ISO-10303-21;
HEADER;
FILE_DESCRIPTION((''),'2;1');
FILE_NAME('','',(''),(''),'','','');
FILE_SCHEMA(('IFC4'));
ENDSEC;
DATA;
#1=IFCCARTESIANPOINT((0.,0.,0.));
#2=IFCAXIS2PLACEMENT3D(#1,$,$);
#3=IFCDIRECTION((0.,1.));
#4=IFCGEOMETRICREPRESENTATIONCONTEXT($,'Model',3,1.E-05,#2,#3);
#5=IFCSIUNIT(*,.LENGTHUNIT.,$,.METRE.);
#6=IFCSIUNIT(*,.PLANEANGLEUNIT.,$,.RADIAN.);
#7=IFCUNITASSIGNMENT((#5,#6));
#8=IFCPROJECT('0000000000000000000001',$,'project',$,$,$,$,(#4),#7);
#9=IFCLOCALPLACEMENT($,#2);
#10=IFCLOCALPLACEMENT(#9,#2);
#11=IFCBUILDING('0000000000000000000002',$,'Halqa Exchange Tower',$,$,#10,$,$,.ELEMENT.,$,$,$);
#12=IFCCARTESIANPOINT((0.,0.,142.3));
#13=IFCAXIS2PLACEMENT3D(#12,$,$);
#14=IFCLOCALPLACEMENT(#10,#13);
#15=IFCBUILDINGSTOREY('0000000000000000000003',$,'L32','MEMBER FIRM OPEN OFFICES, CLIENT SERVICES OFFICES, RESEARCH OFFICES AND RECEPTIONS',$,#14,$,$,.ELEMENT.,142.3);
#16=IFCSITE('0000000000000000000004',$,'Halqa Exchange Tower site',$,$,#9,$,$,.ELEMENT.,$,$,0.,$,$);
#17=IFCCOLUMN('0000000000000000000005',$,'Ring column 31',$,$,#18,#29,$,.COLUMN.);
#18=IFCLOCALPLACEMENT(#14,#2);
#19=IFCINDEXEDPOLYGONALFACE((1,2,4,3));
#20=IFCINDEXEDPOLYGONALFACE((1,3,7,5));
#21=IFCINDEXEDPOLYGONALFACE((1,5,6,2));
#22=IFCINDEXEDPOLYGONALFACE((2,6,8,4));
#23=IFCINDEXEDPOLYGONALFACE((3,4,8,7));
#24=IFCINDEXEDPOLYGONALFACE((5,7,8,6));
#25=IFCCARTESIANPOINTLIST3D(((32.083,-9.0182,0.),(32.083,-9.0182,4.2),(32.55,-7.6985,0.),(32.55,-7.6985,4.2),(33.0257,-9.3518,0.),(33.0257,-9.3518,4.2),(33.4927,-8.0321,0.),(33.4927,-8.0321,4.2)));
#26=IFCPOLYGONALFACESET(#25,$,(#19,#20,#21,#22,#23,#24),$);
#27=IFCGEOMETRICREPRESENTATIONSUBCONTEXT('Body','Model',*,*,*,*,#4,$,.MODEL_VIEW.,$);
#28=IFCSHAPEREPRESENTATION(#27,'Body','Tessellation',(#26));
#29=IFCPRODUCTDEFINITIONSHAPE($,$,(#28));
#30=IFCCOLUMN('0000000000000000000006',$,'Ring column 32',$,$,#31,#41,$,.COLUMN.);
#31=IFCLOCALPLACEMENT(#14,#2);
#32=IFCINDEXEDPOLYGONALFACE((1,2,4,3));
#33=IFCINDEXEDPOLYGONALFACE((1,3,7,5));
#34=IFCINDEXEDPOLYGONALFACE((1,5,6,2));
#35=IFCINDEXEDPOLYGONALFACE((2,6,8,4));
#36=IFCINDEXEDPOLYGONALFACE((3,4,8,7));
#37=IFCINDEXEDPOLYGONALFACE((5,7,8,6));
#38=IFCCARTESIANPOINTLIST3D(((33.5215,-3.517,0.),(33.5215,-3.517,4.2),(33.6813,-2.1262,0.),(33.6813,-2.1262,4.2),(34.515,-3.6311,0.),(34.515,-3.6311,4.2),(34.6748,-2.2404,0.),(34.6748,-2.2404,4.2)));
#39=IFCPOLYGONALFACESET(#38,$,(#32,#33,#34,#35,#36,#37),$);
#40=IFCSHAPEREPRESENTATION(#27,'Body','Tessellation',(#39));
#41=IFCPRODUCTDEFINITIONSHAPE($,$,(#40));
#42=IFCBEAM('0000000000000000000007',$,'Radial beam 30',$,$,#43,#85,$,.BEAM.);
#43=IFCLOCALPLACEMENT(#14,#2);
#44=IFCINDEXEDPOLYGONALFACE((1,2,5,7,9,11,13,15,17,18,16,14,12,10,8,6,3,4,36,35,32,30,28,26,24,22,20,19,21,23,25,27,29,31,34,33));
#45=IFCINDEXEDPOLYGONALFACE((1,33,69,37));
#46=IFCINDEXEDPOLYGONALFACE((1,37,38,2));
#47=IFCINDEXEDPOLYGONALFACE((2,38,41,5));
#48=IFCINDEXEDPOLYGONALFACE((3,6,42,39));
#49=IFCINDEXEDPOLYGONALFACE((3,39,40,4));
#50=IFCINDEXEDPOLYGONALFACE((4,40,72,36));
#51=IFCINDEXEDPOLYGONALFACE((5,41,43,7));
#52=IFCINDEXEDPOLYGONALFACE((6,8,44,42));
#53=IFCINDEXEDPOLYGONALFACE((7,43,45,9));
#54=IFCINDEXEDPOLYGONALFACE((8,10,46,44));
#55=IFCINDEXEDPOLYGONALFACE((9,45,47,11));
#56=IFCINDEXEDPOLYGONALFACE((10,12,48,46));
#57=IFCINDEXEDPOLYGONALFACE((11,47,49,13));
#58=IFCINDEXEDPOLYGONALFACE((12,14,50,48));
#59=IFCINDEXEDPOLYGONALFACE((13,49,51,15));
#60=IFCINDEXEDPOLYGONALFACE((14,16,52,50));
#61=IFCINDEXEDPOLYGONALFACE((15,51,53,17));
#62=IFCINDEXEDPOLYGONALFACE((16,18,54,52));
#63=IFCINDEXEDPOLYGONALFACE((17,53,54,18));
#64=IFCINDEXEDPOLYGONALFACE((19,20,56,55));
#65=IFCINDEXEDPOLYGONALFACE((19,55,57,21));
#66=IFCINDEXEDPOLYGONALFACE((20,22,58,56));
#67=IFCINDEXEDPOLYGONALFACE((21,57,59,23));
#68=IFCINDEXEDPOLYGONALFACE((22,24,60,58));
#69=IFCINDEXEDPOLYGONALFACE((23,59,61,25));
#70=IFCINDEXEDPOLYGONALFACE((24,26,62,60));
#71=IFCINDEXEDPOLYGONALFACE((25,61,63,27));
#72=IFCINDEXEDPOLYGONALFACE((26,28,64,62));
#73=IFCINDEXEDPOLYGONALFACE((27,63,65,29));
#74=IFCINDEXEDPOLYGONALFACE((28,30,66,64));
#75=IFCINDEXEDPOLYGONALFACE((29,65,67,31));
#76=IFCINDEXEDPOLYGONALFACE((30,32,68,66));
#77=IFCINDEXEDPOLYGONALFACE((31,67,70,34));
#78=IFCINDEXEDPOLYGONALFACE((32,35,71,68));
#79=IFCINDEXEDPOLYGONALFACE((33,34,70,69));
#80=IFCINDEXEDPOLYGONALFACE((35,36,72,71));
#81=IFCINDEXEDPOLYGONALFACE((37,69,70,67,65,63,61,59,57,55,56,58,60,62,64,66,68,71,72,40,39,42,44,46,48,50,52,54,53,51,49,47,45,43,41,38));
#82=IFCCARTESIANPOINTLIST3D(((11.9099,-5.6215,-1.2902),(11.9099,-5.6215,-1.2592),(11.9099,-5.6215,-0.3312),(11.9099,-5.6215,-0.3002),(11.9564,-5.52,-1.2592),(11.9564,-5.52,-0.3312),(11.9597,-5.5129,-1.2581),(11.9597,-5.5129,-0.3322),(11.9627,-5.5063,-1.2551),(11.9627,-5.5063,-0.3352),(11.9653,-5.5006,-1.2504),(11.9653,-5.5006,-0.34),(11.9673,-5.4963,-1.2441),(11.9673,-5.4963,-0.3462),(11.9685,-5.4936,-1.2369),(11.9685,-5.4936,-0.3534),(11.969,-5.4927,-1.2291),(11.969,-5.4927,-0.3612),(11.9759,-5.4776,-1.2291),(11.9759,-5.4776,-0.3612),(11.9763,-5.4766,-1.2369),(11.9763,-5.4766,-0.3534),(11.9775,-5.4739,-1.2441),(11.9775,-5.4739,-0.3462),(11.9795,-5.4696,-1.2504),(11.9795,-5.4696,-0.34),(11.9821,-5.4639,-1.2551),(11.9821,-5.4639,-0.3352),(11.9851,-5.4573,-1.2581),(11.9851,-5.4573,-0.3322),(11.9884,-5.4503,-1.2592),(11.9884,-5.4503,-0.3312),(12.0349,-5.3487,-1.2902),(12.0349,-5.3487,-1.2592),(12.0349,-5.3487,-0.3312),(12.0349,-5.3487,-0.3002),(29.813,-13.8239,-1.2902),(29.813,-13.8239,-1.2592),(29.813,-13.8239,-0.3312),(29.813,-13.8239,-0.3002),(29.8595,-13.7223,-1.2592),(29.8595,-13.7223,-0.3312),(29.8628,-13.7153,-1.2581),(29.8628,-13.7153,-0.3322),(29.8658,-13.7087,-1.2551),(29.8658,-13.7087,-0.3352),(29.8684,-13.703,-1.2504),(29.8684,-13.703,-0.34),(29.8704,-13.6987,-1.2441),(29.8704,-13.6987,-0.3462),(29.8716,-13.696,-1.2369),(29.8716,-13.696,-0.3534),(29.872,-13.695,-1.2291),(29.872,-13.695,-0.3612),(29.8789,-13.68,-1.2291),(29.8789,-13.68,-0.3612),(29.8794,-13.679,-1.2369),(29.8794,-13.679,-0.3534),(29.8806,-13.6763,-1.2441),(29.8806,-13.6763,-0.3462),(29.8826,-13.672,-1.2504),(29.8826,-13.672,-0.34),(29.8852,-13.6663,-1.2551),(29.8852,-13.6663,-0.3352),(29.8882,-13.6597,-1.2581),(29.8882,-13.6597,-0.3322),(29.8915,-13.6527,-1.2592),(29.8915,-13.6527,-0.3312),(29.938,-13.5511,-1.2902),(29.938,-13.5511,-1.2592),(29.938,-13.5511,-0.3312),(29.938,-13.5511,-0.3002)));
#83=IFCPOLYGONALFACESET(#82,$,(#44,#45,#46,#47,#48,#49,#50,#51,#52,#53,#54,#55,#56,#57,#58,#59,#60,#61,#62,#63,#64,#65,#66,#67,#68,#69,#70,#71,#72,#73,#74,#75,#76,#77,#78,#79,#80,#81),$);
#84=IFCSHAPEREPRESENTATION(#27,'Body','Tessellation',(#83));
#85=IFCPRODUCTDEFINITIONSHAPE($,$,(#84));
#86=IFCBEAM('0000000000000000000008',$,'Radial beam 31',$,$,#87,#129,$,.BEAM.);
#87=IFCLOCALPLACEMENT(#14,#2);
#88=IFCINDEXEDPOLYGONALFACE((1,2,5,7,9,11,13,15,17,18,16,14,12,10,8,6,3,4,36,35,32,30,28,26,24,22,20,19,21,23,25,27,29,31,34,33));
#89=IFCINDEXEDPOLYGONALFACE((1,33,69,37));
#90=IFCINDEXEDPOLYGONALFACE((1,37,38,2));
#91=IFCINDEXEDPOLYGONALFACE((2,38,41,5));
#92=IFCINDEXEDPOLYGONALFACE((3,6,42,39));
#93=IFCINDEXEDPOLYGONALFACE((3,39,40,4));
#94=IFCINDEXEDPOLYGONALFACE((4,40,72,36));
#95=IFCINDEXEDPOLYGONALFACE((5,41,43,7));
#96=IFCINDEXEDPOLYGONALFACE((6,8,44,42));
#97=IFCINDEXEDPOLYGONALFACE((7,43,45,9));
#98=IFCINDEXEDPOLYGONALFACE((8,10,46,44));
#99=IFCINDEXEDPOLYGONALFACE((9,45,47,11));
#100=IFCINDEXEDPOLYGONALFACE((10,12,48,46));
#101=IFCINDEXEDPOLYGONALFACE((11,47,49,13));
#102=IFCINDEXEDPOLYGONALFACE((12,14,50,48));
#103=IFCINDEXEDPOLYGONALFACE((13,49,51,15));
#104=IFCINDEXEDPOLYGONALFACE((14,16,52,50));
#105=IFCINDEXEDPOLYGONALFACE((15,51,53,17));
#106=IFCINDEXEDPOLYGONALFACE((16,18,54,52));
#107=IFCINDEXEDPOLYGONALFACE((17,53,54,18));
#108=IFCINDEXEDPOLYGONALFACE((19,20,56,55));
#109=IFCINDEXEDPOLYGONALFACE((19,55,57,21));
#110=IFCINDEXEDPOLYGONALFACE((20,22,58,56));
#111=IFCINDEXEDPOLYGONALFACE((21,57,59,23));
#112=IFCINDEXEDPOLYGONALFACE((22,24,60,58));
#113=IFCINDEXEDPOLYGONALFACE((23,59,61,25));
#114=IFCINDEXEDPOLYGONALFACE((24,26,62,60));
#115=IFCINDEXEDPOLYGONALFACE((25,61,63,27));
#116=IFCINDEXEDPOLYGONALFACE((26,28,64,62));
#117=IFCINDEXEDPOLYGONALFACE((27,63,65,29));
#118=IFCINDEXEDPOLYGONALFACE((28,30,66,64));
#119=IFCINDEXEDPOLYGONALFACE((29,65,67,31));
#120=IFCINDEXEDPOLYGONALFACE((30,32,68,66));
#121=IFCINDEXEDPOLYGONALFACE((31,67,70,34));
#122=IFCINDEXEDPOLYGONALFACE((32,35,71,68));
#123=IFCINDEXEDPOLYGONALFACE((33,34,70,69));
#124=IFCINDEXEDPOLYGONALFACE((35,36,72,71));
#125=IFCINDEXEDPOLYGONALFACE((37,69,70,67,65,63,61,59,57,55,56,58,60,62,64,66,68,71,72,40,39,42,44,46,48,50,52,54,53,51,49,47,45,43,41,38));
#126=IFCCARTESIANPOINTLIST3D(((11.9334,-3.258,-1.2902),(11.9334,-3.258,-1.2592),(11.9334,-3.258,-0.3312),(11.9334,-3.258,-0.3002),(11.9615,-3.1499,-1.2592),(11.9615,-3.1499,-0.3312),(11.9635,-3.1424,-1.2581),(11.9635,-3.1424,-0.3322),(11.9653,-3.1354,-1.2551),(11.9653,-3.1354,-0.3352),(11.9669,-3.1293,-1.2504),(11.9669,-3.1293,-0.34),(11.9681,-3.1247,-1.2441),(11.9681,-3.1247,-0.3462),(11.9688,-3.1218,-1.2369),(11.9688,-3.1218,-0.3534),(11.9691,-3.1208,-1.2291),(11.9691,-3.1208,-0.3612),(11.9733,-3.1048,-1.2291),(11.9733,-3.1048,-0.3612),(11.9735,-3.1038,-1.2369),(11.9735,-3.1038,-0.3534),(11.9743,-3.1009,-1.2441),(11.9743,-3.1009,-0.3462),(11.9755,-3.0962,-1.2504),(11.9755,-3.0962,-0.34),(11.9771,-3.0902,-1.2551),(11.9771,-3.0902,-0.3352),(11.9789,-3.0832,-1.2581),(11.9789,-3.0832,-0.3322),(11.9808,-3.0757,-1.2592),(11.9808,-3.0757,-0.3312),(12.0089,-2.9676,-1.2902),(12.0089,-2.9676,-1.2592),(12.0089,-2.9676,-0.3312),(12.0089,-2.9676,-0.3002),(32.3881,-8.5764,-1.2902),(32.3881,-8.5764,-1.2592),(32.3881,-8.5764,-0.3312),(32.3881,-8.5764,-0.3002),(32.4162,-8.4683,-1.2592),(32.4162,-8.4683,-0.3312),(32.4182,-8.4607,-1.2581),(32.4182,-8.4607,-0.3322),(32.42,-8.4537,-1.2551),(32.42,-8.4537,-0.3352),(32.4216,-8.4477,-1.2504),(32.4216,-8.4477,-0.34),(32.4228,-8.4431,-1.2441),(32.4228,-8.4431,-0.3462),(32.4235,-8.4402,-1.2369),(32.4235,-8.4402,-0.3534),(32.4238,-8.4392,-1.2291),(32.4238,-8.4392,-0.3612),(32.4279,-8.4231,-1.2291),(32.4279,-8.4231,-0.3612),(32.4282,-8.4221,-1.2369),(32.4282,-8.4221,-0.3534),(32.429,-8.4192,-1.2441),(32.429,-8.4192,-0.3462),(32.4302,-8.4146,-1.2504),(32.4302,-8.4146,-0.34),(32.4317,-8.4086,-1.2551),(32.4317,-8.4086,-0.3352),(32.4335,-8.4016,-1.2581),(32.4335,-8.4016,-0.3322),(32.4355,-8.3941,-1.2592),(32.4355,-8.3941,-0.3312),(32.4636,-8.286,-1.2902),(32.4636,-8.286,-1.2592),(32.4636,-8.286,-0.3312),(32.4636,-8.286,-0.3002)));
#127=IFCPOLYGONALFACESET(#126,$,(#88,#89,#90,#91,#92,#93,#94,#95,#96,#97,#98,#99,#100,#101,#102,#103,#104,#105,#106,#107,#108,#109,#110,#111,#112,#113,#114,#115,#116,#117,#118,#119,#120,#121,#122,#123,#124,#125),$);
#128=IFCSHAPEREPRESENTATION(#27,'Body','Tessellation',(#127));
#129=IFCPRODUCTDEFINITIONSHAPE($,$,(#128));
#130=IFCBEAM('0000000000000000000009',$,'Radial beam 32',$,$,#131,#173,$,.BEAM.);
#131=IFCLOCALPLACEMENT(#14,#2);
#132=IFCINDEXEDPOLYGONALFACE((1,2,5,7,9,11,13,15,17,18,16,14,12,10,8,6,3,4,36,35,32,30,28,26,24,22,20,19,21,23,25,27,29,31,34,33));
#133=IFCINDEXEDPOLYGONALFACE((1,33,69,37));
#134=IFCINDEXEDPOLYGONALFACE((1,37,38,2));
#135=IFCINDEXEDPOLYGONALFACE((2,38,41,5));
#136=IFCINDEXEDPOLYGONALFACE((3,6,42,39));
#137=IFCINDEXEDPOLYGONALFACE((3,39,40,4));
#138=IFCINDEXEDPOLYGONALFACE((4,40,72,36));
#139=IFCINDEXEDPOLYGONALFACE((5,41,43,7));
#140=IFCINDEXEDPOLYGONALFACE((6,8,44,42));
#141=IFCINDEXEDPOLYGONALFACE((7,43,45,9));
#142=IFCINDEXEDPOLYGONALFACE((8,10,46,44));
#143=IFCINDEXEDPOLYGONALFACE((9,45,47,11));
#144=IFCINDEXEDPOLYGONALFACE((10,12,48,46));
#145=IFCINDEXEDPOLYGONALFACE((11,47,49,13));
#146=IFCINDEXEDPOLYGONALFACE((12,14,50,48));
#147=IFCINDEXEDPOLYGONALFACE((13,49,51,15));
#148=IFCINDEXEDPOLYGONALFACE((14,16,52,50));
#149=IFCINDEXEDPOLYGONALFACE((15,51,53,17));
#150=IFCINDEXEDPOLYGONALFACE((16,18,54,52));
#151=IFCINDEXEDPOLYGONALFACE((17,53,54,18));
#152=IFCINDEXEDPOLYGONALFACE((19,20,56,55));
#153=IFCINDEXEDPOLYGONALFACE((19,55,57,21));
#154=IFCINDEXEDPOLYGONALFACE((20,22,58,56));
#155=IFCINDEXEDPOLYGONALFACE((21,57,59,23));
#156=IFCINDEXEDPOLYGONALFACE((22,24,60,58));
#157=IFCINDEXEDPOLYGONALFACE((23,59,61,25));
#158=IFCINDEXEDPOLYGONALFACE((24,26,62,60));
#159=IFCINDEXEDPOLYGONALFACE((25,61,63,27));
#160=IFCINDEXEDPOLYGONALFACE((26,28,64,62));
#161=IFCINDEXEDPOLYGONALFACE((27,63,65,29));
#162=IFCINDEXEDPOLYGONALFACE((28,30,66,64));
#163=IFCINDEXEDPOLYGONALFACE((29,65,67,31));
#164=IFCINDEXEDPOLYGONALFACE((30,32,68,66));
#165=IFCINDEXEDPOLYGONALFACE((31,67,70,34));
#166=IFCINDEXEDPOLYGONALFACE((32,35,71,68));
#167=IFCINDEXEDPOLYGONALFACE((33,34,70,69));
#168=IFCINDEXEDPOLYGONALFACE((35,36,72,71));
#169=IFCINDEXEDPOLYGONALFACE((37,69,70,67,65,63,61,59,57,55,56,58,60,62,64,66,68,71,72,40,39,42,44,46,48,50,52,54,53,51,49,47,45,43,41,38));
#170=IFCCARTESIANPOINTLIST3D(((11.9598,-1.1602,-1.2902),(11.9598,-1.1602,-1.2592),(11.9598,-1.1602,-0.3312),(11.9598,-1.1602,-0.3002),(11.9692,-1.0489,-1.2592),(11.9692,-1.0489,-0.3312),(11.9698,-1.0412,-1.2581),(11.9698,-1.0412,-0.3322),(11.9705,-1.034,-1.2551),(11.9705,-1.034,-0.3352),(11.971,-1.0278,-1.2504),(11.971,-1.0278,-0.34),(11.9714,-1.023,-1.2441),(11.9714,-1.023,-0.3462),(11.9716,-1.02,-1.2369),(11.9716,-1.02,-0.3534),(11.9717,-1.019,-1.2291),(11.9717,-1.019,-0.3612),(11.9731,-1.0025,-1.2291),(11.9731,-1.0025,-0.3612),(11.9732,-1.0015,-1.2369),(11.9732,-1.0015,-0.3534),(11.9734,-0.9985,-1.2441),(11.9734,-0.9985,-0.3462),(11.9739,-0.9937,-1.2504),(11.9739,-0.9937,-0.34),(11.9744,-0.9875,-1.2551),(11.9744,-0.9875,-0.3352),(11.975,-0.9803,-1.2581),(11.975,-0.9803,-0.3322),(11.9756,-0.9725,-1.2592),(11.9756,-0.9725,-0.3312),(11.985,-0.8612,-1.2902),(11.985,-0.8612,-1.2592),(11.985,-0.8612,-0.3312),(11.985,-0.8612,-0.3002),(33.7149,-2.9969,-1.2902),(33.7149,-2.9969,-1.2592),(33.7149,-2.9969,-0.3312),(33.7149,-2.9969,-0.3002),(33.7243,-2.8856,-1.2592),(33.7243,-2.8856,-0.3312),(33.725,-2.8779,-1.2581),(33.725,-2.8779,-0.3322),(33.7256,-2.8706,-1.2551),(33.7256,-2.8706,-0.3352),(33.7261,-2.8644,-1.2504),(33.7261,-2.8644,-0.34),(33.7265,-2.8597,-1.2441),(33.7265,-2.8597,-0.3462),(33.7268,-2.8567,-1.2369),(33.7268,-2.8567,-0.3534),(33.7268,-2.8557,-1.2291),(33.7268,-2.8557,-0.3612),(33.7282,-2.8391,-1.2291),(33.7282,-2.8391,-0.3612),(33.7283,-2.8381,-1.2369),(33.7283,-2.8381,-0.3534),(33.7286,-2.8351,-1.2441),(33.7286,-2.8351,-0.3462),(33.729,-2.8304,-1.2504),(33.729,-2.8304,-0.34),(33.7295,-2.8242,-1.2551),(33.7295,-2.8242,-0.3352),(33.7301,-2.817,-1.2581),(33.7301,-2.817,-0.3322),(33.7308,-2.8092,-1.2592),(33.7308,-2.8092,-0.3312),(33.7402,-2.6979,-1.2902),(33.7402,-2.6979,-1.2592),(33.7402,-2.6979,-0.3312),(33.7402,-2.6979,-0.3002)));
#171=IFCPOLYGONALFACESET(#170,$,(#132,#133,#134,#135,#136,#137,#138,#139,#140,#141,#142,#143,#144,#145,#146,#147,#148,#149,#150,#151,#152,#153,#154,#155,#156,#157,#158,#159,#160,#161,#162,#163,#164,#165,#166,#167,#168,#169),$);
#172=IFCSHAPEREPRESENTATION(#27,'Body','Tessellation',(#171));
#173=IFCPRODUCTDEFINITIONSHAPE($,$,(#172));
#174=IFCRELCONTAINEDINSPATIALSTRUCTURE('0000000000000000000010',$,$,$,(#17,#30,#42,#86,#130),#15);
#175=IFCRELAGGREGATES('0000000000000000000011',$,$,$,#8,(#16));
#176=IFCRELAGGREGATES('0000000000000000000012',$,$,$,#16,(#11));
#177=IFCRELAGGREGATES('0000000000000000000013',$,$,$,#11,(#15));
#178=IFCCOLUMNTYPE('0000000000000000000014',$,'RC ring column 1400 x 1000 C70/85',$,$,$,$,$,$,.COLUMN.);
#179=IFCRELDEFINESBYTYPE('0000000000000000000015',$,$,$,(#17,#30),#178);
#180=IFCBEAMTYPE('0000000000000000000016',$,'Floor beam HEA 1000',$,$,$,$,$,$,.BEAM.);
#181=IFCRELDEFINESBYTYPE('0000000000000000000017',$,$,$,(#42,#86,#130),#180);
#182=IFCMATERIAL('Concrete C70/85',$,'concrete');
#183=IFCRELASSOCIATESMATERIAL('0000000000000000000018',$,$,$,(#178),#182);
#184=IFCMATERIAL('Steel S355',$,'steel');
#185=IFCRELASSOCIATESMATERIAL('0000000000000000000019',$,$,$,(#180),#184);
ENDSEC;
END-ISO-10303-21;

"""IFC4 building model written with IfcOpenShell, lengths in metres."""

from ifc_helpers import new_model, si_unit, direction, frame, origin, origin_2d, place, context, subcontext, project, spatial, rectangle, i_section, extrude, material, material_profile, profile_set, type_object, element, save


model = new_model("IFC4")

# Units and contexts
model_context = context("Model", 3, precision=1e-05, world=origin(), true_north=direction((0.0, 1.0)))
body_context = subcontext(model_context, "Body", "Model", "MODEL_VIEW")
ifc_project = project(units=[si_unit("LENGTHUNIT", "METRE"), si_unit("PLANEANGLEUNIT", "RADIAN")], contexts=[model_context])

# Site, building, storey
site_placement = place(None, origin())
site = spatial("IfcSite", under=ifc_project, at=site_placement, Name="Halqa Exchange Tower site", CompositionType="ELEMENT", RefElevation=0.0)
building_placement = place(site_placement, origin())
building = spatial("IfcBuilding", under=site, at=building_placement, Name="Halqa Exchange Tower", CompositionType="ELEMENT")
storey_placement = place(building_placement, frame((0.0, 0.0, 142.3)))
storey = spatial("IfcBuildingStorey", under=building, at=storey_placement, Name="L32", Description="MEMBER FIRM OPEN OFFICES, CLIENT SERVICES OFFICES, RESEARCH OFFICES AND RECEPTIONS", CompositionType="ELEMENT", Elevation=142.3)

# Columns
ifc_material_1 = material(Name="Concrete C70/85", Category="concrete")
ifc_material_profile_1 = material_profile(ifc_material_1, rectangle(XDim=1.3999, YDim=1.0, at=origin_2d()), Name="1400 x 1000")
ifc_profile_set_1 = profile_set([ifc_material_profile_1], Name="Concrete C70/85")
column_type = type_object("IfcColumnType", Name="RC ring column 1400 x 1000 C70/85", PredefinedType="COLUMN", material=ifc_profile_set_1)
for number, where, z_axis, x_axis, name in (
    (1, (32.7878, -8.5251, 0.0), (0.0, 0.0, 1.0), (0.333629, 0.942704, 0.0), "Ring column 31"),
    (2, (34.0981, -2.8787, 0.0), (0.0, 0.0, 1.0), (0.114159, 0.993463, 0.0), "Ring column 32"),
):
    element("IfcColumn", number, at=place(storey_placement, frame(where, z_axis=z_axis, x_axis=x_axis)), inside=storey, type_object=column_type, Name=name, PredefinedType="COLUMN", context=body_context, shape_type="SweptSolid", body=[
        extrude(rectangle(XDim=1.3999, YDim=1.0, at=origin_2d()), origin(), (0.0, 0.0, 1.0), 4.2),
    ])

# Beams
ifc_material_2 = material(Name="Steel S355", Category="steel")
ifc_material_profile_2 = material_profile(ifc_material_2, i_section(OverallWidth=0.3, OverallDepth=0.99, WebThickness=0.0166, FlangeThickness=0.031, FilletRadius=0.03, at=origin_2d()), Name="HEA 1000")
ifc_profile_set_2 = profile_set([ifc_material_profile_2], Name="Steel S355")
beam_type_1 = type_object("IfcBeamType", Name="Floor beam HEA 1000", PredefinedType="BEAM", material=ifc_profile_set_2)
beam_1_placement = place(storey_placement, frame((11.9724, -5.4851, -0.7952), z_axis=(0.909126, -0.416521, 0.0), x_axis=(0.416521, 0.909126, 0.0)))
element("IfcBeam", 3, at=beam_1_placement, inside=storey, type_object=beam_type_1, Name="Radial beam 30", PredefinedType="BEAM", context=body_context, shape_type="SweptSolid", body=[
    extrude(i_section(OverallWidth=0.3, OverallDepth=0.99, WebThickness=0.0166, FlangeThickness=0.031, FilletRadius=0.03, at=origin_2d()), origin(), (0.0, 0.0, 1.0), 19.6926),
])
beam_2_placement = place(storey_placement, frame((11.9712, -3.1128, -0.7952), z_axis=(0.967821, -0.251641, 0.0), x_axis=(0.251641, 0.967821, 0.0)))
element("IfcBeam", 4, at=beam_2_placement, inside=storey, type_object=beam_type_1, Name="Radial beam 31", PredefinedType="BEAM", context=body_context, shape_type="SweptSolid", body=[
    extrude(i_section(OverallWidth=0.3, OverallDepth=0.99, WebThickness=0.0166, FlangeThickness=0.031, FilletRadius=0.03, at=origin_2d()), origin(), (0.0, 0.0, 1.0), 21.1348),
])
beam_3_placement = place(storey_placement, frame((11.9724, -1.0107, -0.7952), z_axis=(0.996455, -0.084125, 0.0), x_axis=(0.084125, 0.996455, 0.0)))
element("IfcBeam", 5, at=beam_3_placement, inside=storey, type_object=beam_type_1, Name="Radial beam 32", PredefinedType="BEAM", context=body_context, shape_type="SweptSolid", body=[
    extrude(i_section(OverallWidth=0.3, OverallDepth=0.99, WebThickness=0.0166, FlangeThickness=0.031, FilletRadius=0.03, at=origin_2d()), origin(), (0.0, 0.0, 1.0), 21.8325),
])

save(model, "model.ifc")
